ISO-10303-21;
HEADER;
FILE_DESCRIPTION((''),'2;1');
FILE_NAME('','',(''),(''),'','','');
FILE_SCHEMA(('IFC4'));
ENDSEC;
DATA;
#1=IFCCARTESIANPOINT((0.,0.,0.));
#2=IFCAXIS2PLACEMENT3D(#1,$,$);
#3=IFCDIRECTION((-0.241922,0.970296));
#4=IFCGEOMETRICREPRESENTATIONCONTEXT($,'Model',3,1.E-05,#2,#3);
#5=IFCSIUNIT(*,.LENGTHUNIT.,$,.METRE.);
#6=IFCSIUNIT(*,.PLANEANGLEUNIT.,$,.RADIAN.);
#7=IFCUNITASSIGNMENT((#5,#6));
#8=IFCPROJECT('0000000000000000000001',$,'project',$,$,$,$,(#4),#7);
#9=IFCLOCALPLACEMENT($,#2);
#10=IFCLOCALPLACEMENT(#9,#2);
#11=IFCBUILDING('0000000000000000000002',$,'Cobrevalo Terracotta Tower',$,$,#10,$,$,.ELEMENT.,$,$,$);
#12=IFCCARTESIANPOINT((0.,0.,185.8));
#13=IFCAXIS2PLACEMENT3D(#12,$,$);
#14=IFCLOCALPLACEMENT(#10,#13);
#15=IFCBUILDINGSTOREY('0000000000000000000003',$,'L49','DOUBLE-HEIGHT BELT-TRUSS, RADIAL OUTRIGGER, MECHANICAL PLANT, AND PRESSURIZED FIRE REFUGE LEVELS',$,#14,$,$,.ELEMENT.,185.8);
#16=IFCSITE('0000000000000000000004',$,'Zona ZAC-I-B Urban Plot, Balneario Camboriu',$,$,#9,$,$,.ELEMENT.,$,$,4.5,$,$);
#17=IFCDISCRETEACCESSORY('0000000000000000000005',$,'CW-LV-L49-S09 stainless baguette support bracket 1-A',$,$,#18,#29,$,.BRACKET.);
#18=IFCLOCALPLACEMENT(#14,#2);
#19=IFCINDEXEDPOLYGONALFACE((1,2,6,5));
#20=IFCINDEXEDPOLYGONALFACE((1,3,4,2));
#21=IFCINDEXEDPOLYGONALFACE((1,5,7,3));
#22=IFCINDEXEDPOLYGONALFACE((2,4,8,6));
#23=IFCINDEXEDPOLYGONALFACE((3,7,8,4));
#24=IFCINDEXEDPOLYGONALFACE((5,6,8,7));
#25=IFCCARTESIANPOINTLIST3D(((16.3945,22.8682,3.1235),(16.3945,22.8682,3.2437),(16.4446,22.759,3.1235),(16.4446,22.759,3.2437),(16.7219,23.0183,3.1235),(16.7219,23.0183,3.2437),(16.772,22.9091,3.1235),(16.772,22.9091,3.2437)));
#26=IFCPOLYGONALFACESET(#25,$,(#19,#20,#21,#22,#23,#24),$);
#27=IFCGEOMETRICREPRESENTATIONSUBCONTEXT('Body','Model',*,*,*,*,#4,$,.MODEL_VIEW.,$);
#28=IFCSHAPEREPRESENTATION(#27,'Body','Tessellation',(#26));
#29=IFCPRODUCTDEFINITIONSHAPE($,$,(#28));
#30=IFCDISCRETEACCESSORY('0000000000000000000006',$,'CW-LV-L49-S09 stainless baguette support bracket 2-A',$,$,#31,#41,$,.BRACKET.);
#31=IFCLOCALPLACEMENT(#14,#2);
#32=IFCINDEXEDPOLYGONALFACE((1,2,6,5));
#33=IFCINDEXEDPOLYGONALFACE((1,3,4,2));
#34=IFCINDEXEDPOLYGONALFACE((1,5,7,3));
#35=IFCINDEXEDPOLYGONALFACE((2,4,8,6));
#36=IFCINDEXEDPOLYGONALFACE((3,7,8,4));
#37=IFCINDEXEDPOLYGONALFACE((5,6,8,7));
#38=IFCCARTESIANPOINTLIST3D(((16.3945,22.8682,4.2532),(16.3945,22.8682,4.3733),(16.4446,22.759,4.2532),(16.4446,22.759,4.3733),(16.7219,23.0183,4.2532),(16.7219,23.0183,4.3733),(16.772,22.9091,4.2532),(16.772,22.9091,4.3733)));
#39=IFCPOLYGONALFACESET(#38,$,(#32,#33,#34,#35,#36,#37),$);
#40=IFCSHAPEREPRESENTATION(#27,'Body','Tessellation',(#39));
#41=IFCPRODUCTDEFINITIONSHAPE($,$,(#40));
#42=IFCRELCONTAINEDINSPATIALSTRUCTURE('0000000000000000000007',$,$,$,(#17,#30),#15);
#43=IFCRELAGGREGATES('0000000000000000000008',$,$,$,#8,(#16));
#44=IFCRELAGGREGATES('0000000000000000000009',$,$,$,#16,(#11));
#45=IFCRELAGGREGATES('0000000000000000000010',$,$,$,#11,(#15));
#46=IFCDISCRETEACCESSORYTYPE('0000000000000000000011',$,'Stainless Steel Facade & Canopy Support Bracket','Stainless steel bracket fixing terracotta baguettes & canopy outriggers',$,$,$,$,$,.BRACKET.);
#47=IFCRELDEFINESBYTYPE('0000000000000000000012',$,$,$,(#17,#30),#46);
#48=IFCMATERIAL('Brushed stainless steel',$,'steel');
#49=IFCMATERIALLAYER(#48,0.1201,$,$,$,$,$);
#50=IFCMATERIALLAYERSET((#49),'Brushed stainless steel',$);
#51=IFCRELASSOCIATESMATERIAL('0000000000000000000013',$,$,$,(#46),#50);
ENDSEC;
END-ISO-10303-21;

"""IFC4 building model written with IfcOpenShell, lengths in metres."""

from ifc_helpers import new_model, si_unit, direction, frame, origin, origin_2d, place, context, subcontext, project, spatial, rectangle, extrude, source, transform, mapped, material, layer, layer_set, type_object, element, save


model = new_model("IFC4")

# Units and contexts
model_context = context("Model", 3, precision=1e-05, world=origin(), true_north=direction((-0.241922, 0.970296)))
body_context = subcontext(model_context, "Body", "Model", "MODEL_VIEW")
ifc_project = project(units=[si_unit("LENGTHUNIT", "METRE"), si_unit("PLANEANGLEUNIT", "RADIAN")], contexts=[model_context])

# Site, building, storey
site_placement = place(None, origin())
site = spatial("IfcSite", under=ifc_project, at=site_placement, Name="Zona ZAC-I-B Urban Plot, Balneario Camboriu", CompositionType="ELEMENT", RefElevation=4.5)
building_placement = place(site_placement, origin())
building = spatial("IfcBuilding", under=site, at=building_placement, Name="Cobrevalo Terracotta Tower", CompositionType="ELEMENT")
storey_placement = place(building_placement, frame((0.0, 0.0, 185.8)))
storey = spatial("IfcBuildingStorey", under=building, at=storey_placement, Name="L49", Description="DOUBLE-HEIGHT BELT-TRUSS, RADIAL OUTRIGGER, MECHANICAL PLANT, AND PRESSURIZED FIRE REFUGE LEVELS", CompositionType="ELEMENT", Elevation=185.8)

# Discrete accessories
ifc_material_1 = material(Name="Brushed stainless steel", Category="steel")
ifc_layer_1 = layer(ifc_material_1, 0.1201)
ifc_layer_set_1 = layer_set([ifc_layer_1], Name="Brushed stainless steel")
discrete_accessory_type = type_object("IfcDiscreteAccessoryType", Name="Stainless Steel Facade & Canopy Support Bracket", Description="Stainless steel bracket fixing terracotta baguettes & canopy outriggers", PredefinedType="BRACKET", material=ifc_layer_set_1)
shared_shape_1 = source(origin(), body_context, "Body", "SweptSolid", [
    extrude(rectangle(XDim=0.1201, YDim=0.3601, at=origin_2d()), origin(), (0.0, 0.0, 1.0), 0.1201),
])
for number, where, z_axis, x_axis, name in (
    (1, (16.5833, 22.8887, 3.1235), (0.0, 0.0, 1.0), (0.416731, -0.90903, 0.0), "CW-LV-L49-S09 stainless baguette support bracket 1-A"),
    (2, (16.5833, 22.8887, 4.2532), (0.0, 0.0, 1.0), (0.416731, -0.90903, 0.0), "CW-LV-L49-S09 stainless baguette support bracket 2-A"),
):
    element("IfcDiscreteAccessory", number, at=place(storey_placement, frame(where, z_axis=z_axis, x_axis=x_axis)), inside=storey, type_object=discrete_accessory_type, Name=name, PredefinedType="BRACKET", context=body_context, shape_type="MappedRepresentation", body=[
        mapped(shared_shape_1, transform((0.0, 0.0, 0.0), scale=1.0)),
    ])

save(model, "model.ifc")
